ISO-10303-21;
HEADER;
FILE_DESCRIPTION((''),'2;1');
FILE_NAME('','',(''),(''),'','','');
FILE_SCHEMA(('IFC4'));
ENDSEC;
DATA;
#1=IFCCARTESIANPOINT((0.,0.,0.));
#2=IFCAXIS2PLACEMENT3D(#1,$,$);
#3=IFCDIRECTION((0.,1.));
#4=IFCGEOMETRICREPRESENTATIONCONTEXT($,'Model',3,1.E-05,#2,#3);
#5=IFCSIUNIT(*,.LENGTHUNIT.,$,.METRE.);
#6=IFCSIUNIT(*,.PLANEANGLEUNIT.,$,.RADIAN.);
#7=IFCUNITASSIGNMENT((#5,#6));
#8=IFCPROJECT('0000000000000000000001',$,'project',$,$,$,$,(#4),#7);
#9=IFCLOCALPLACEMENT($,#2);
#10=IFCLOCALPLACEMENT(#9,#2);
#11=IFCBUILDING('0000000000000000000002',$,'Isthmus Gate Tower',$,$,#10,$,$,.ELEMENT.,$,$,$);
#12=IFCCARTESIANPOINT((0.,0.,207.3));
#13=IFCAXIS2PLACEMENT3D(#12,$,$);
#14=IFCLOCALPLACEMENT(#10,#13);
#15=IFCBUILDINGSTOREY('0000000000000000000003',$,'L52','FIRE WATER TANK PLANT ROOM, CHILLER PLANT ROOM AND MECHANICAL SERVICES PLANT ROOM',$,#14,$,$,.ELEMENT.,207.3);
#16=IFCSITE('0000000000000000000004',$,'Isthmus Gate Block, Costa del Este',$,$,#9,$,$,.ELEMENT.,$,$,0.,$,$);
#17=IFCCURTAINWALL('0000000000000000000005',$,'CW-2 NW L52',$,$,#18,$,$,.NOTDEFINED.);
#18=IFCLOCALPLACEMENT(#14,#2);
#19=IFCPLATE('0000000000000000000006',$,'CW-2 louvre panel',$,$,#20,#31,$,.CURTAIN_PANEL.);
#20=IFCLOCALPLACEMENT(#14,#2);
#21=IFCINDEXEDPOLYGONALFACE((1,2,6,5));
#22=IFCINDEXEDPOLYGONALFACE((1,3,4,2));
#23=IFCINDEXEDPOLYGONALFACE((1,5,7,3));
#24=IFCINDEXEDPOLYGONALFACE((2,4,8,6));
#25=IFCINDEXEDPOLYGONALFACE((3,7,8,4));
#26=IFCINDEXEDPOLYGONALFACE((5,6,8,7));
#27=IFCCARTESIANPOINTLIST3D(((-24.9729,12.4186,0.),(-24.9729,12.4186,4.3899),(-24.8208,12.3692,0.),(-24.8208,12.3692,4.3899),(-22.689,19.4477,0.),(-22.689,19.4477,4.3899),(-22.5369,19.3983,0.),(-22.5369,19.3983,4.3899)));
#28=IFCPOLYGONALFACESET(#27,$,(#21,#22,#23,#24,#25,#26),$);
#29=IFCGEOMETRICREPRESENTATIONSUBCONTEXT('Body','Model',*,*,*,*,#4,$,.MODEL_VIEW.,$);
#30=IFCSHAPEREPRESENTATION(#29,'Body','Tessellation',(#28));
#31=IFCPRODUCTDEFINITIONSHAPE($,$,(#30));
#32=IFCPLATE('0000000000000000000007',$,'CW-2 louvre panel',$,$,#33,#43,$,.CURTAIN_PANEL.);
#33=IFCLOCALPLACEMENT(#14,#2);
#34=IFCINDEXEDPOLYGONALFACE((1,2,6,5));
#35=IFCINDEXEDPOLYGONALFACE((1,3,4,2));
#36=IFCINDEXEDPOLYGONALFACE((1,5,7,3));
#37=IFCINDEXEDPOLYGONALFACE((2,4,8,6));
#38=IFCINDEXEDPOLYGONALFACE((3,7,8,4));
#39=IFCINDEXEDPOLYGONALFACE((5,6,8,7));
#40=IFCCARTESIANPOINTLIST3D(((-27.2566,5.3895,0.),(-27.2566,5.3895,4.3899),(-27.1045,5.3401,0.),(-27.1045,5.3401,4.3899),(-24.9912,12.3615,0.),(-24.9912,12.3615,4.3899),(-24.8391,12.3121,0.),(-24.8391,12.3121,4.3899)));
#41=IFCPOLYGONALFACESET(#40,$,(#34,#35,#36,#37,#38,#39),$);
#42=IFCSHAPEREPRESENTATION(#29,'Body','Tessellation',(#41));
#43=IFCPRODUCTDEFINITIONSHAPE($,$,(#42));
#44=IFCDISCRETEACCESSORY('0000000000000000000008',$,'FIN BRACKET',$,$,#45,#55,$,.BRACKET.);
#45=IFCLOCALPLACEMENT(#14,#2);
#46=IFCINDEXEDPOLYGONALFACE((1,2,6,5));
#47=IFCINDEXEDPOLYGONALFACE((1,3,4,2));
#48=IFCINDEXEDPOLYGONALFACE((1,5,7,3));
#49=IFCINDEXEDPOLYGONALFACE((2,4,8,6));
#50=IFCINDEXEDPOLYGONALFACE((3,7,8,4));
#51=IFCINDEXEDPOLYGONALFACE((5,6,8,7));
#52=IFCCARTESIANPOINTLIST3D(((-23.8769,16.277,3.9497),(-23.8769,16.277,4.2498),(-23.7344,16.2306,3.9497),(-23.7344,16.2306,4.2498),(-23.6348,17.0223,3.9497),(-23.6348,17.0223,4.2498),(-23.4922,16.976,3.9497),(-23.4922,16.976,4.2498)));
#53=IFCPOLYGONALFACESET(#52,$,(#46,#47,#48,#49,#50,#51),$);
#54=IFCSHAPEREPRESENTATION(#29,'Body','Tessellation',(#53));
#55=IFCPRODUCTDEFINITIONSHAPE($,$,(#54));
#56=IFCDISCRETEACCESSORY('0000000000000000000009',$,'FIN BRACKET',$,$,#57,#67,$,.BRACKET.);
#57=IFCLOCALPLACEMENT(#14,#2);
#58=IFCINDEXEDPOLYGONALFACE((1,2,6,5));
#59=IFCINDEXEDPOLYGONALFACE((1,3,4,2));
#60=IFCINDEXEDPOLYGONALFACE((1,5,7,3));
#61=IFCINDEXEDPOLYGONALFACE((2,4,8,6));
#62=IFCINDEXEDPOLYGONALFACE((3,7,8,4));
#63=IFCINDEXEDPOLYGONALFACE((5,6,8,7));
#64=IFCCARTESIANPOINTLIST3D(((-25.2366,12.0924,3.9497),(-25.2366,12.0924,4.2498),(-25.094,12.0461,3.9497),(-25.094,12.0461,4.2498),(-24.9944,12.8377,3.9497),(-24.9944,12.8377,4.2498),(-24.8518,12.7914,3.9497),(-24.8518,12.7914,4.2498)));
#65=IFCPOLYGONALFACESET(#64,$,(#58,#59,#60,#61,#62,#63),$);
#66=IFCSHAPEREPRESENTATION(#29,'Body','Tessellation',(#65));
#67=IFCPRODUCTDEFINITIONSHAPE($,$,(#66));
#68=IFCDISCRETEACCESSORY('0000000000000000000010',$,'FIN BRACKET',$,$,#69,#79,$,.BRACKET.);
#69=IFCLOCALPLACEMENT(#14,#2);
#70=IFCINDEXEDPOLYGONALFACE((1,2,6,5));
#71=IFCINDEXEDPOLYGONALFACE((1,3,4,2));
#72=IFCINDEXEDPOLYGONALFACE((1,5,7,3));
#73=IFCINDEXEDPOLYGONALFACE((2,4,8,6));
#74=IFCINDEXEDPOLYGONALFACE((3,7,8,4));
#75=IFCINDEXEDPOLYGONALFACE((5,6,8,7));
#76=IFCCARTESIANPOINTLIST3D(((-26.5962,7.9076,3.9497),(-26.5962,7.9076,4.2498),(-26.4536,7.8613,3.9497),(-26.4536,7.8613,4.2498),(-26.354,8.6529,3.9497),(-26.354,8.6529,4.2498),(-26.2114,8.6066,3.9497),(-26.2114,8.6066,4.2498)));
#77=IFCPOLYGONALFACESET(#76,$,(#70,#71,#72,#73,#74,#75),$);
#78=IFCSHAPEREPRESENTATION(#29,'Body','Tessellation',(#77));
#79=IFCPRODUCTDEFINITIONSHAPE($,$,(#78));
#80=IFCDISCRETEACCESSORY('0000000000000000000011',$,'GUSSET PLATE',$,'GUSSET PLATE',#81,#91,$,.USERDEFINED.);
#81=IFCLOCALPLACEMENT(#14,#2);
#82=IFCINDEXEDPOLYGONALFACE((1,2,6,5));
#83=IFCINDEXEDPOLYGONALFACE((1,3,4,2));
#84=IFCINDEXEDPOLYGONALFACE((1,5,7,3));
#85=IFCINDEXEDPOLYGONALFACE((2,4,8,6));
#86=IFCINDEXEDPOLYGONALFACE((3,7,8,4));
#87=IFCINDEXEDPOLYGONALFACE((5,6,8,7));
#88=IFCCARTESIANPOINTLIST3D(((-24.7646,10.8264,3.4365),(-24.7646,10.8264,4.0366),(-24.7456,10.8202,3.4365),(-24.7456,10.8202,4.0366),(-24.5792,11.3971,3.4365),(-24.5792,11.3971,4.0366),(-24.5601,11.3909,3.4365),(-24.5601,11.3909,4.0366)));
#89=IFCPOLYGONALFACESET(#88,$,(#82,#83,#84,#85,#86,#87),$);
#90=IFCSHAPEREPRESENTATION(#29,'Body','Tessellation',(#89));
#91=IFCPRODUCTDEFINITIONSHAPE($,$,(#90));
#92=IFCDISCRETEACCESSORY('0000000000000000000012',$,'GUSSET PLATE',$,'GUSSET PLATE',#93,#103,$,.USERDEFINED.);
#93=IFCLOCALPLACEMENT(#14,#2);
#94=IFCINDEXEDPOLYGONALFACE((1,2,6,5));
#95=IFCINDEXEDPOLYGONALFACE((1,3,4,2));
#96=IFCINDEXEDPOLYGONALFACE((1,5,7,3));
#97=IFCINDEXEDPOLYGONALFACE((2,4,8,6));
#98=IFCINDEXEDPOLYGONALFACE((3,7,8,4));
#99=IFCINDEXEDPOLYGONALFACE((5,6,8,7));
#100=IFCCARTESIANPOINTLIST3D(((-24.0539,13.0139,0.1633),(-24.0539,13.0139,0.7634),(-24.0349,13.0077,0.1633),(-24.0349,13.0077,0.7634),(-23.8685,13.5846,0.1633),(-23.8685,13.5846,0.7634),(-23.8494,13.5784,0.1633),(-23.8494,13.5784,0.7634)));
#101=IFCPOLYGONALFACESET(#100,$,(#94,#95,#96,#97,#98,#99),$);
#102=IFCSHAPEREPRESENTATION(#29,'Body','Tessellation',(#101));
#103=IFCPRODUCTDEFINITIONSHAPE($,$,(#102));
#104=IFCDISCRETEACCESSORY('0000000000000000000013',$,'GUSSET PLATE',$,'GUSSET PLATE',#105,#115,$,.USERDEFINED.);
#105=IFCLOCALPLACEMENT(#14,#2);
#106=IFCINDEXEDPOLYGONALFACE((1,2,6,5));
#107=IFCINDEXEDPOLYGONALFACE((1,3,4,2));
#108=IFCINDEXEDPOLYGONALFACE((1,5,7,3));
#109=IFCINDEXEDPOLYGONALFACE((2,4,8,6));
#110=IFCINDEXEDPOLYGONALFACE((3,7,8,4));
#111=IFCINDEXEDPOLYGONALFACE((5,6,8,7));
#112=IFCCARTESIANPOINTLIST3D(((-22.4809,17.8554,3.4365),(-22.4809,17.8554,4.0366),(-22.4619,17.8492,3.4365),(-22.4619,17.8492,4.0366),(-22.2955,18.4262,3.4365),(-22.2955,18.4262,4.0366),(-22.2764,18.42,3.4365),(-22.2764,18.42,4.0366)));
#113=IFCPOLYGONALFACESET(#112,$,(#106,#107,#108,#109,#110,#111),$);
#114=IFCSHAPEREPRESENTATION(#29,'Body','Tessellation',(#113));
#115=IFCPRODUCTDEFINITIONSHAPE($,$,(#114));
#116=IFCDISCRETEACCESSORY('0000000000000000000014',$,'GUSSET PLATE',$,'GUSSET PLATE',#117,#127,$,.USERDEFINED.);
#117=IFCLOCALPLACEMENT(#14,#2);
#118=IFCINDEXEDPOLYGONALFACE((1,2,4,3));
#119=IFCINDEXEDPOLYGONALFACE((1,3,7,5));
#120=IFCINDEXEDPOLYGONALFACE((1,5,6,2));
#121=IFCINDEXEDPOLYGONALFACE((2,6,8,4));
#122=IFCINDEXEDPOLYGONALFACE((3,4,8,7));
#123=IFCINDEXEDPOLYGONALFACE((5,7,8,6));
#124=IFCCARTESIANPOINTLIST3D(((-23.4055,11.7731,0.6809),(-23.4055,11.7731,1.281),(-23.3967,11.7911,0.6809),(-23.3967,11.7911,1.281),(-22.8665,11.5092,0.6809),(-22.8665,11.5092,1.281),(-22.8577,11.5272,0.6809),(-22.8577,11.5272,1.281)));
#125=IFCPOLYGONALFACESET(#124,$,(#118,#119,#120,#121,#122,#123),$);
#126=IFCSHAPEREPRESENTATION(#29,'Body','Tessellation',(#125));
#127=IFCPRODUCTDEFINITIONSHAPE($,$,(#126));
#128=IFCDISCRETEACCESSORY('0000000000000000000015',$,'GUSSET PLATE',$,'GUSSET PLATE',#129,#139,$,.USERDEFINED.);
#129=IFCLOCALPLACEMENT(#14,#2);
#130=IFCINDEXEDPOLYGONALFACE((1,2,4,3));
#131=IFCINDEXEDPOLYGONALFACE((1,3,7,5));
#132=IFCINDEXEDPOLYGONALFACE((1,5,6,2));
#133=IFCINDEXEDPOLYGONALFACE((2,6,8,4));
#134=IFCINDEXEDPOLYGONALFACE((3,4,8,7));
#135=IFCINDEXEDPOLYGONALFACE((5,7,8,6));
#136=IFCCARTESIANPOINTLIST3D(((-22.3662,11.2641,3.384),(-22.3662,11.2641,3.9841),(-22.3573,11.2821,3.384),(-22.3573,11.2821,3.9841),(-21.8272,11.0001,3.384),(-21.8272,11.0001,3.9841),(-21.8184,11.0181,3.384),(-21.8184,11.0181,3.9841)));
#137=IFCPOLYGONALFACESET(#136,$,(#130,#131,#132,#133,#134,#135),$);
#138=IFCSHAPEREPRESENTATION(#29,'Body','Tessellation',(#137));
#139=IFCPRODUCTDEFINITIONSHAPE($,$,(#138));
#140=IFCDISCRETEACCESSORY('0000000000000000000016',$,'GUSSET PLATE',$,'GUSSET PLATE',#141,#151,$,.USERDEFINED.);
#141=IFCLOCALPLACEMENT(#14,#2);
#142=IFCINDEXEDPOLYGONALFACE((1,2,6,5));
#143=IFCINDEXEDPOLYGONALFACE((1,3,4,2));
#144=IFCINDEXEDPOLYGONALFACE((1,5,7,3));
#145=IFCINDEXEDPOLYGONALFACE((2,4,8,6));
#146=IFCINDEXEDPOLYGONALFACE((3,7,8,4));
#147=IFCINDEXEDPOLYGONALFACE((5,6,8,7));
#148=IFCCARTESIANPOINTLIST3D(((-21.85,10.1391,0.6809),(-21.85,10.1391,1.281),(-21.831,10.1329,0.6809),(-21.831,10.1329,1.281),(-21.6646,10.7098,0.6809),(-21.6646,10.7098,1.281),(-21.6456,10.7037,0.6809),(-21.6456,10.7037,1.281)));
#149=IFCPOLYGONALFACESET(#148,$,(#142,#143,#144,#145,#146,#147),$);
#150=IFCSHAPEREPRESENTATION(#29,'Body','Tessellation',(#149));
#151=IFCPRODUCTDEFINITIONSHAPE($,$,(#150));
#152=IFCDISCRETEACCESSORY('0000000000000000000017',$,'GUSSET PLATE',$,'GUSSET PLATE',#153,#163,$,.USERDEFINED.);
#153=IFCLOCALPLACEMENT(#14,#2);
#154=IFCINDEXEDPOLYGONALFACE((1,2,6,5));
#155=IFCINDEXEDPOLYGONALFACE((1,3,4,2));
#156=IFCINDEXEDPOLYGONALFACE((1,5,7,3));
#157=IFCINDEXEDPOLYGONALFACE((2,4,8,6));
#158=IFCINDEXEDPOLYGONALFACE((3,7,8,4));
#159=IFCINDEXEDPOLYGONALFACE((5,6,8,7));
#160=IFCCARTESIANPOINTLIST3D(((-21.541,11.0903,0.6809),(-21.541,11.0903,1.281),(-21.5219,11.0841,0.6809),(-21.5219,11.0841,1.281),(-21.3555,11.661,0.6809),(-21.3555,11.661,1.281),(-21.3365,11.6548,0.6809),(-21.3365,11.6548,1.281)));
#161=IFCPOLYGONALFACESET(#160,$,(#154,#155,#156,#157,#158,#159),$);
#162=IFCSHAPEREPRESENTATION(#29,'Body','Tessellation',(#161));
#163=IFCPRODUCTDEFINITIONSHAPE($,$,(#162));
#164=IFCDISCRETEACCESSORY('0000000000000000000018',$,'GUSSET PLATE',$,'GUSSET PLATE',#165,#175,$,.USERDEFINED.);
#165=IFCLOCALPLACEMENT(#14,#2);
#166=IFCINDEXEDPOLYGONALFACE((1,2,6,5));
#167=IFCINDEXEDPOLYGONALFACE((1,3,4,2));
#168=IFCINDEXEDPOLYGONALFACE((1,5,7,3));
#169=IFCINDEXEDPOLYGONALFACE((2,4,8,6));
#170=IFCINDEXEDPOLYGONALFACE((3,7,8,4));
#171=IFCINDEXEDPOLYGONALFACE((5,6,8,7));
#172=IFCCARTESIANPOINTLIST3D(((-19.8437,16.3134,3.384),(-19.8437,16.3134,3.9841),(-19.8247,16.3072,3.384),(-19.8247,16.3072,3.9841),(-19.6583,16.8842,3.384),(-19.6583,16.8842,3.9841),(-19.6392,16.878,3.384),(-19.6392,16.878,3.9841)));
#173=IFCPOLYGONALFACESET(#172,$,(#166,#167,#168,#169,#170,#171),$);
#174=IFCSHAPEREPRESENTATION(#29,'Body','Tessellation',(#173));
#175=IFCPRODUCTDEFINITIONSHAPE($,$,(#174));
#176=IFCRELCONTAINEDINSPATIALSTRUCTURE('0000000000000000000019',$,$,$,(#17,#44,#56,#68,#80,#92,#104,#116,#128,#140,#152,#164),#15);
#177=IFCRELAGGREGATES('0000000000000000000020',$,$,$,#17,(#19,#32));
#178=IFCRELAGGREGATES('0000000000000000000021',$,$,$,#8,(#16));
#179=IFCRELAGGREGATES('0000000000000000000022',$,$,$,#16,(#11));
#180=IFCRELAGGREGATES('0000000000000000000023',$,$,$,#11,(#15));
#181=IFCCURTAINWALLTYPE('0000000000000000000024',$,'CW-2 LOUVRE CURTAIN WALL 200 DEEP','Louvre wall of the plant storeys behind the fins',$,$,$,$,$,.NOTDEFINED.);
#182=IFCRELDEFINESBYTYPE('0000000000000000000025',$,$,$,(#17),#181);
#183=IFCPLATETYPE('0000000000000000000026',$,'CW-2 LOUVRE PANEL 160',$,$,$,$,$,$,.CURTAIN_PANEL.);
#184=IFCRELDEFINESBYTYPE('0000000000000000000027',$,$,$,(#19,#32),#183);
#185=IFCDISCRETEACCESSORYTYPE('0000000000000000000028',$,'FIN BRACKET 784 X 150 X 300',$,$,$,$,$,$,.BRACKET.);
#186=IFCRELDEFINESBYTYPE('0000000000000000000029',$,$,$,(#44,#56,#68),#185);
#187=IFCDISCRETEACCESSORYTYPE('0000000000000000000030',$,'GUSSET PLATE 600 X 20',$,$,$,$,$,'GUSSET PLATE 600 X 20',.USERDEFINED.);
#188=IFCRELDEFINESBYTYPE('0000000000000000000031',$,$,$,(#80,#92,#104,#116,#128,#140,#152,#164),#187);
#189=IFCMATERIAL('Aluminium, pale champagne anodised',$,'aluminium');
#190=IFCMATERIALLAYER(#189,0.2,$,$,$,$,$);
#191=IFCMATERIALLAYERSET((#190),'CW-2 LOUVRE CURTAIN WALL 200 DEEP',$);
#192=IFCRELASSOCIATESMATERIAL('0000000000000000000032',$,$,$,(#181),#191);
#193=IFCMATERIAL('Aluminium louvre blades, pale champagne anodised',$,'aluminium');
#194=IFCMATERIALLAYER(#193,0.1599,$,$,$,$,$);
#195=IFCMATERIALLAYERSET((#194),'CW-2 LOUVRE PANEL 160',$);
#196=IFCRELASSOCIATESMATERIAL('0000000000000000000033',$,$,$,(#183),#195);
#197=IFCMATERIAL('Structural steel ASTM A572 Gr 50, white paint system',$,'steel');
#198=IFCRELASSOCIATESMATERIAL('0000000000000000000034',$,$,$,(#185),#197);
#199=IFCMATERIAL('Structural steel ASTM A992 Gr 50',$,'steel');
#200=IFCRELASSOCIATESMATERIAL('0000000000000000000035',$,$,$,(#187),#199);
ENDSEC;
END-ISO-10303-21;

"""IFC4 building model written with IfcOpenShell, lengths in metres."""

from ifc_helpers import new_model, si_unit, direction, frame, origin, origin_2d, place, context, subcontext, project, spatial, rectangle, extrude, material, layer, layer_set, type_object, element, aggregate, save


model = new_model("IFC4")

# Units and contexts
model_context = context("Model", 3, precision=1e-05, world=origin(), true_north=direction((0.0, 1.0)))
body_context = subcontext(model_context, "Body", "Model", "MODEL_VIEW")
ifc_project = project(units=[si_unit("LENGTHUNIT", "METRE"), si_unit("PLANEANGLEUNIT", "RADIAN")], contexts=[model_context])

# Site, building, storey
site_placement = place(None, origin())
site = spatial("IfcSite", under=ifc_project, at=site_placement, Name="Isthmus Gate Block, Costa del Este", CompositionType="ELEMENT", RefElevation=0.0)
building_placement = place(site_placement, origin())
building = spatial("IfcBuilding", under=site, at=building_placement, Name="Isthmus Gate Tower", CompositionType="ELEMENT")
storey_placement = place(building_placement, frame((0.0, 0.0, 207.3)))
storey = spatial("IfcBuildingStorey", under=building, at=storey_placement, Name="L52", Description="FIRE WATER TANK PLANT ROOM, CHILLER PLANT ROOM AND MECHANICAL SERVICES PLANT ROOM", CompositionType="ELEMENT", Elevation=207.3)

# Curtain wall
ifc_material_1 = material(Name="Aluminium, pale champagne anodised", Category="aluminium")
ifc_layer_1 = layer(ifc_material_1, 0.2)
ifc_layer_set_1 = layer_set([ifc_layer_1], Name="CW-2 LOUVRE CURTAIN WALL 200 DEEP")
curtain_wall_type = type_object("IfcCurtainWallType", Name="CW-2 LOUVRE CURTAIN WALL 200 DEEP", Description="Louvre wall of the plant storeys behind the fins", PredefinedType="NOTDEFINED", material=ifc_layer_set_1)
curtain_wall_placement = place(storey_placement, origin())
curtain_wall = element("IfcCurtainWall", 1, at=curtain_wall_placement, inside=storey, type_object=curtain_wall_type, Name="CW-2 NW L52", PredefinedType="NOTDEFINED")

# Plates
ifc_material_2 = material(Name="Aluminium louvre blades, pale champagne anodised", Category="aluminium")
ifc_layer_2 = layer(ifc_material_2, 0.1599)
ifc_layer_set_2 = layer_set([ifc_layer_2], Name="CW-2 LOUVRE PANEL 160")
plate_type = type_object("IfcPlateType", Name="CW-2 LOUVRE PANEL 160", PredefinedType="CURTAIN_PANEL", material=ifc_layer_set_2)
plate_1_placement = place(storey_placement, frame((-23.7549, 15.9084, 0.0), z_axis=(0.0, 0.0, 1.0), x_axis=(-0.309017, -0.951057, 0.0)))
plate_1 = element("IfcPlate", 2, at=plate_1_placement, type_object=plate_type, Name="CW-2 louvre panel", PredefinedType="CURTAIN_PANEL", context=body_context, shape_type="SweptSolid", body=[
    extrude(rectangle(XDim=7.3909, YDim=0.1599, at=origin_2d()), origin(), (0.0, 0.0, 1.0), 4.3899),
])
plate_2_placement = place(storey_placement, frame((-26.0479, 8.8508, 0.0), z_axis=(0.0, 0.0, 1.0), x_axis=(-0.309017, -0.951057, 0.0)))
plate_2 = element("IfcPlate", 3, at=plate_2_placement, type_object=plate_type, Name="CW-2 louvre panel", PredefinedType="CURTAIN_PANEL", context=body_context, shape_type="SweptSolid", body=[
    extrude(rectangle(XDim=7.3308, YDim=0.1599, at=origin_2d()), origin(), (0.0, 0.0, 1.0), 4.3899),
])
aggregate(curtain_wall, [plate_1, plate_2])

# Discrete accessories
ifc_material_3 = material(Name="Structural steel ASTM A572 Gr 50, white paint system", Category="steel")
discrete_accessory_type_1 = type_object("IfcDiscreteAccessoryType", Name="FIN BRACKET 784 X 150 X 300", PredefinedType="BRACKET", material=ifc_material_3)
for number, where, z_axis, x_axis, name in (
    (4, (-23.6846, 16.6265, 3.9497), (0.0, 0.0, 1.0), (-0.951057, 0.309017, 0.0), "FIN BRACKET"),
    (5, (-25.0442, 12.4419, 3.9497), (0.0, 0.0, 1.0), (-0.951057, 0.309017, 0.0), "FIN BRACKET"),
    (6, (-26.4038, 8.2571, 3.9497), (0.0, 0.0, 1.0), (-0.951057, 0.309017, 0.0), "FIN BRACKET"),
):
    element("IfcDiscreteAccessory", number, at=place(storey_placement, frame(where, z_axis=z_axis, x_axis=x_axis)), inside=storey, type_object=discrete_accessory_type_1, Name=name, PredefinedType="BRACKET", context=body_context, shape_type="SweptSolid", body=[
        extrude(rectangle(XDim=0.1499, YDim=0.7837, at=origin_2d()), origin(), (0.0, 0.0, 1.0), 0.3),
    ])
ifc_material_4 = material(Name="Structural steel ASTM A992 Gr 50", Category="steel")
discrete_accessory_type_2 = type_object("IfcDiscreteAccessoryType", Name="GUSSET PLATE 600 X 20", ElementType="GUSSET PLATE 600 X 20", PredefinedType="USERDEFINED", material=ifc_material_4)
for number, where, z_axis, x_axis, name in (
    (7, (-24.6624, 11.1086, 3.4365), (0.0, 0.0, 1.0), (0.309017, 0.951057, 0.0), "GUSSET PLATE"),
    (8, (-23.9517, 13.2961, 0.1633), (0.0, 0.0, 1.0), (0.309017, 0.951057, 0.0), "GUSSET PLATE"),
    (9, (-22.3787, 18.1377, 3.4365), (0.0, 0.0, 1.0), (0.309017, 0.951057, 0.0), "GUSSET PLATE"),
    (10, (-23.1316, 11.6501, 0.6809), (0.0, 0.0, 1.0), (0.898072, -0.439848, 0.0), "GUSSET PLATE"),
    (11, (-22.0923, 11.1411, 3.384), (0.0, 0.0, 1.0), (0.898072, -0.439848, 0.0), "GUSSET PLATE"),
    (12, (-21.7478, 10.4214, 0.6809), (0.0, 0.0, 1.0), (-0.309017, -0.951057, 0.0), "GUSSET PLATE"),
    (13, (-21.4387, 11.3726, 0.6809), (0.0, 0.0, 1.0), (0.309017, 0.951057, 0.0), "GUSSET PLATE"),
    (14, (-19.7415, 16.5957, 3.384), (0.0, 0.0, 1.0), (0.309017, 0.951057, 0.0), "GUSSET PLATE"),
):
    element("IfcDiscreteAccessory", number, at=place(storey_placement, frame(where, z_axis=z_axis, x_axis=x_axis)), inside=storey, type_object=discrete_accessory_type_2, Name=name, ObjectType="GUSSET PLATE", PredefinedType="USERDEFINED", context=body_context, shape_type="SweptSolid", body=[
        extrude(rectangle(XDim=0.6001, YDim=0.02, at=origin_2d()), origin(), (0.0, 0.0, 1.0), 0.6001),
    ])

save(model, "model.ifc")
